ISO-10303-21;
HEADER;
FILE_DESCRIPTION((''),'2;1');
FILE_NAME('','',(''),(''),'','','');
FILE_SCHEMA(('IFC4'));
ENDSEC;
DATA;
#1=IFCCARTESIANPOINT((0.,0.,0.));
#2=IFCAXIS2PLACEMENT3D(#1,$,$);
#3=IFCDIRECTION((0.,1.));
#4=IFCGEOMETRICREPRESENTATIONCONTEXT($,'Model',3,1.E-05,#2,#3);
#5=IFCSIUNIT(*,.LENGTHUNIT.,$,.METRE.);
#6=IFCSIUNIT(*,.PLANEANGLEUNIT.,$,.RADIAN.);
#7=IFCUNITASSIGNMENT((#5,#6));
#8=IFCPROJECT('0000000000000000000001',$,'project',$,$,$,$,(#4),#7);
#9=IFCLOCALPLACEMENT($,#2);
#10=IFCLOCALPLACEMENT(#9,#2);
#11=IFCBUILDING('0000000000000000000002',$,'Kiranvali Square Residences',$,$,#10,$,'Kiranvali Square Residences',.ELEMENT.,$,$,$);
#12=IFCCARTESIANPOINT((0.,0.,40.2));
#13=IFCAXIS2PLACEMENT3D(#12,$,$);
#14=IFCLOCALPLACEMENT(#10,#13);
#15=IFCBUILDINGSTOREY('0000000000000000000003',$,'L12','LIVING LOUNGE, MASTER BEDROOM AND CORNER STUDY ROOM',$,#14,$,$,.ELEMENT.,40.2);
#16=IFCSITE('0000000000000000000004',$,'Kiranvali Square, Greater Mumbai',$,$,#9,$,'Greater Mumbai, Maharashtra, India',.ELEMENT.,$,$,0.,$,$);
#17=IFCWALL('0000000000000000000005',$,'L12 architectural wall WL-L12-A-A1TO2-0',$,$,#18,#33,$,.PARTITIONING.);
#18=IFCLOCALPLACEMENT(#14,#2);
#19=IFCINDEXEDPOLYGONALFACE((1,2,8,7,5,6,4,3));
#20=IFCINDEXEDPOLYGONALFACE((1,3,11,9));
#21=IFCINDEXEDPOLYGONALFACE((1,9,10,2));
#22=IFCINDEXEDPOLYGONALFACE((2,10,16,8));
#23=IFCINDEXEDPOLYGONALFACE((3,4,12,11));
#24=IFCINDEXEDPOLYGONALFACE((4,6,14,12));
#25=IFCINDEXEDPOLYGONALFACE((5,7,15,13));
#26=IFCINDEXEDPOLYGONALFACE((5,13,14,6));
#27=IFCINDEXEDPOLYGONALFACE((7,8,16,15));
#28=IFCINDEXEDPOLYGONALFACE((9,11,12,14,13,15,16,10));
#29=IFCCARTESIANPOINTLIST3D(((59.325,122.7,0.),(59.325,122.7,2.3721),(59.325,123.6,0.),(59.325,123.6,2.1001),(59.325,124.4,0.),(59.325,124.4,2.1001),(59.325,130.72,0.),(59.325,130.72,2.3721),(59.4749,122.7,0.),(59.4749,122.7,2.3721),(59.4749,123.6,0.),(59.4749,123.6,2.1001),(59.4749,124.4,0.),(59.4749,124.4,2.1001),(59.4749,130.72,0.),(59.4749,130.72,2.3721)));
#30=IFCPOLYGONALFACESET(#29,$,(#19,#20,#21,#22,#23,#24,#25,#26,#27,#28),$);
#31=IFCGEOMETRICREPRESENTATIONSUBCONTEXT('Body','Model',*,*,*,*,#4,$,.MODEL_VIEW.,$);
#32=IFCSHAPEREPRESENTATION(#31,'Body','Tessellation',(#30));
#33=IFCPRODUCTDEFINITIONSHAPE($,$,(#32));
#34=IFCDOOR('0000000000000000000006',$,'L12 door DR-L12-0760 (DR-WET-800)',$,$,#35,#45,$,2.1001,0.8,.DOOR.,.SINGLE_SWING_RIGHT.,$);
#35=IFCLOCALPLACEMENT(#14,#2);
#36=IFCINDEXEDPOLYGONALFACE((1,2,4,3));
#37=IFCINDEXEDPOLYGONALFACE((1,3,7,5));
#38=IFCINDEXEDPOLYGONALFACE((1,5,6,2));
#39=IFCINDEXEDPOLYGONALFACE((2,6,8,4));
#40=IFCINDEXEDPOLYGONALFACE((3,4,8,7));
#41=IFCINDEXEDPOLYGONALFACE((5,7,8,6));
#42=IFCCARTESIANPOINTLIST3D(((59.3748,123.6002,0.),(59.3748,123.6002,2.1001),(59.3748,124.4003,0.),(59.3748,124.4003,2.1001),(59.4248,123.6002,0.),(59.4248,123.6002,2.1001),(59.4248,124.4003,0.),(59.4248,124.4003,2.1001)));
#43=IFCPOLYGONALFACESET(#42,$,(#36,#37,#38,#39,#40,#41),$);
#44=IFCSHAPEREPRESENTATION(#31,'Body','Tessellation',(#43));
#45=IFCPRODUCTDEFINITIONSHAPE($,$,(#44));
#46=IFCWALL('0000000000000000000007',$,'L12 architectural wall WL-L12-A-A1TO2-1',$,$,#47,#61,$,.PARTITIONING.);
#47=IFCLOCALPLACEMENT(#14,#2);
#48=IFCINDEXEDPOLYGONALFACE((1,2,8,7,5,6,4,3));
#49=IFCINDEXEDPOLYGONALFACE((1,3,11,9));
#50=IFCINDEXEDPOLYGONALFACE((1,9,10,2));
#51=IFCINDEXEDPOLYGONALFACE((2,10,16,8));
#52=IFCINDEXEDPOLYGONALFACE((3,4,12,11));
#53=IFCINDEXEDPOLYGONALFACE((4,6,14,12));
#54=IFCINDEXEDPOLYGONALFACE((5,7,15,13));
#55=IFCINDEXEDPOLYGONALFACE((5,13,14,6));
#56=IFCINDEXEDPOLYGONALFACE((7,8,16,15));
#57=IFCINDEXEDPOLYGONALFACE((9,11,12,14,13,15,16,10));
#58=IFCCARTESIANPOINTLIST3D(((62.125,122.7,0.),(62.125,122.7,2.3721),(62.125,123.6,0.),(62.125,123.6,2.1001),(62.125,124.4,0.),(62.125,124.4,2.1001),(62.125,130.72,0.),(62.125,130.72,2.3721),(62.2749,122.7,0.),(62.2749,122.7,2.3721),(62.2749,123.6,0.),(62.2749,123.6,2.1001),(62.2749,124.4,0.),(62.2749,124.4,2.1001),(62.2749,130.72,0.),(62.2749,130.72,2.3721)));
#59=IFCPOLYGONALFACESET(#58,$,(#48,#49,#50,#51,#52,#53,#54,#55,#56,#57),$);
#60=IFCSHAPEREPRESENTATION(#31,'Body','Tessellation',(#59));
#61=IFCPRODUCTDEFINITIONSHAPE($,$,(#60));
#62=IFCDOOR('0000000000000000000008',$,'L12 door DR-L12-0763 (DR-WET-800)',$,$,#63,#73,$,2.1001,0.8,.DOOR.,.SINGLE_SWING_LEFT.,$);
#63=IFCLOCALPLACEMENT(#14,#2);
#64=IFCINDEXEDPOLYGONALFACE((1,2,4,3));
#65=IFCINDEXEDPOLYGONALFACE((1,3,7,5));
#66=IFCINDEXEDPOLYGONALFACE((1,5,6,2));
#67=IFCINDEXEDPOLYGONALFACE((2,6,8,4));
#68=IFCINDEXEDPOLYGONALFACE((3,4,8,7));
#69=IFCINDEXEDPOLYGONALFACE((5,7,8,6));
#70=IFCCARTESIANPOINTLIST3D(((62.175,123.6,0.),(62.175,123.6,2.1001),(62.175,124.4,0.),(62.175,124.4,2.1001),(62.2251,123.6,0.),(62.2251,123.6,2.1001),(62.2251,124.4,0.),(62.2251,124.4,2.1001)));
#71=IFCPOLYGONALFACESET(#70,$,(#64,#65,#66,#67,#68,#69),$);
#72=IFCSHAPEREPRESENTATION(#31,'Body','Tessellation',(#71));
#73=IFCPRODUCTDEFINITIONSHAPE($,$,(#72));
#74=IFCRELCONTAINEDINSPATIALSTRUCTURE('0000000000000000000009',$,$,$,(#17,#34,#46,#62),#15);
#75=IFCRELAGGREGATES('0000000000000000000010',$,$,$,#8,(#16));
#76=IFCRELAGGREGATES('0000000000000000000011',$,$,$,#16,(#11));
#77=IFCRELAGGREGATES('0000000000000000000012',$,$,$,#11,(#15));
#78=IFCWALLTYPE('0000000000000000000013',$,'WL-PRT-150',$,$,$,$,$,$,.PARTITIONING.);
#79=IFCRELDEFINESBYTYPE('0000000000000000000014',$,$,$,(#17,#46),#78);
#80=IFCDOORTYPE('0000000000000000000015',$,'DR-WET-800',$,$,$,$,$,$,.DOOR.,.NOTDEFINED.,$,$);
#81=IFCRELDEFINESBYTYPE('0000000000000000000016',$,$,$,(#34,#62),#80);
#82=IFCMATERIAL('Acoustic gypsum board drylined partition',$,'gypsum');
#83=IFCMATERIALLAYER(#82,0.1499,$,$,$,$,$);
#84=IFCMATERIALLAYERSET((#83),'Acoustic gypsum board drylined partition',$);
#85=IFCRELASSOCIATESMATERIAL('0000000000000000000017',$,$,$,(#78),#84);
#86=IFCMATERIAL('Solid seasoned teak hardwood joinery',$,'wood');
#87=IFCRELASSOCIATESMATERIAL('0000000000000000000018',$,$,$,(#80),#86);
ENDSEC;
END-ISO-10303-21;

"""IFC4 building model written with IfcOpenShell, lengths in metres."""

from ifc_helpers import new_model, si_unit, direction, frame, frame_2d, origin, place, context, subcontext, project, spatial, rectangle, extrude, material, layer, layer_set, type_object, element, fill, save


model = new_model("IFC4")

# Units and contexts
model_context = context("Model", 3, precision=1e-05, world=origin(), true_north=direction((0.0, 1.0)))
body_context = subcontext(model_context, "Body", "Model", "MODEL_VIEW")
ifc_project = project(units=[si_unit("LENGTHUNIT", "METRE"), si_unit("PLANEANGLEUNIT", "RADIAN")], contexts=[model_context])

# Site, building, storey
site_placement = place(None, origin())
site = spatial("IfcSite", under=ifc_project, at=site_placement, Name="Kiranvali Square, Greater Mumbai", LongName="Greater Mumbai, Maharashtra, India", CompositionType="ELEMENT", RefElevation=0.0)
building_placement = place(site_placement, origin())
building = spatial("IfcBuilding", under=site, at=building_placement, Name="Kiranvali Square Residences", LongName="Kiranvali Square Residences", CompositionType="ELEMENT")
storey_placement = place(building_placement, frame((0.0, 0.0, 40.2)))
storey = spatial("IfcBuildingStorey", under=building, at=storey_placement, Name="L12", Description="LIVING LOUNGE, MASTER BEDROOM AND CORNER STUDY ROOM", CompositionType="ELEMENT", Elevation=40.2)

# Walls, openings, doors
ifc_material_1 = material(Name="Acoustic gypsum board drylined partition", Category="gypsum")
ifc_layer_1 = layer(ifc_material_1, 0.1499)
ifc_layer_set_1 = layer_set([ifc_layer_1], Name="Acoustic gypsum board drylined partition")
wall_type_1 = type_object("IfcWallType", Name="WL-PRT-150", PredefinedType="PARTITIONING", material=ifc_layer_set_1)
wall_1_placement = place(storey_placement, frame((59.3999, 122.7, 0.0), z_axis=(0.0, 0.0, 1.0), x_axis=(0.0, 1.0, 0.0)))
wall_1 = element("IfcWall", 1, at=wall_1_placement, inside=storey, type_object=wall_type_1, Name="L12 architectural wall WL-L12-A-A1TO2-0", PredefinedType="PARTITIONING", context=body_context, shape_type="SweptSolid", body=[
    extrude(rectangle(XDim=8.02, YDim=0.1499, at=frame_2d((4.01, 0.0))), origin(), (0.0, 0.0, 1.0), 2.3721),
])
opening_1_placement = place(wall_1_placement, frame((0.9001, 0.0, 0.0)))
opening_1 = element("IfcOpeningElement", 2, at=opening_1_placement, cuts=wall_1, PredefinedType="OPENING", context=body_context, shape_type="SweptSolid", body=[
    extrude(rectangle(XDim=0.8, YDim=2.1001, at=frame_2d((0.3999, 1.05))), frame((0.0, 0.085, 0.0), z_axis=(0.0, -1.0, 0.0), x_axis=(1.0, 0.0, 0.0)), (0.0, 0.0, 1.0), 0.1699),
])
ifc_material_2 = material(Name="Solid seasoned teak hardwood joinery", Category="wood")
door_type = type_object("IfcDoorType", Name="DR-WET-800", OperationType="NOTDEFINED", PredefinedType="DOOR", material=ifc_material_2)
door_1_placement = place(opening_1_placement, frame((0.8, 0.0, 0.0), z_axis=(0.0, 0.0, 1.0), x_axis=(-1.0, 0.0, 0.0)))
door_1 = element("IfcDoor", 3, at=door_1_placement, inside=storey, type_object=door_type, Name="L12 door DR-L12-0760 (DR-WET-800)", OperationType="SINGLE_SWING_RIGHT", OverallHeight=2.1001, OverallWidth=0.8, PredefinedType="DOOR", context=body_context, shape_type="SweptSolid", body=[
    extrude(rectangle(XDim=0.8, YDim=2.1001, at=frame_2d((0.3999, 1.05))), frame((0.0, 0.0249, 0.0), z_axis=(0.0, -1.0, 0.0), x_axis=(1.0, 0.0, 0.0)), (0.0, 0.0, 1.0), 0.05),
])
fill(opening_1, door_1)
wall_2_placement = place(storey_placement, frame((62.2, 122.7, 0.0), z_axis=(0.0, 0.0, 1.0), x_axis=(0.0, 1.0, 0.0)))
wall_2 = element("IfcWall", 4, at=wall_2_placement, inside=storey, type_object=wall_type_1, Name="L12 architectural wall WL-L12-A-A1TO2-1", PredefinedType="PARTITIONING", context=body_context, shape_type="SweptSolid", body=[
    extrude(rectangle(XDim=8.02, YDim=0.1499, at=frame_2d((4.01, 0.0))), origin(), (0.0, 0.0, 1.0), 2.3721),
])
opening_2_placement = place(wall_2_placement, frame((0.9001, 0.0, 0.0)))
opening_2 = element("IfcOpeningElement", 5, at=opening_2_placement, cuts=wall_2, PredefinedType="OPENING", context=body_context, shape_type="SweptSolid", body=[
    extrude(rectangle(XDim=0.8, YDim=2.1001, at=frame_2d((0.3999, 1.05))), frame((0.0, 0.085, 0.0), z_axis=(0.0, -1.0, 0.0), x_axis=(1.0, 0.0, 0.0)), (0.0, 0.0, 1.0), 0.1699),
])
door_2_placement = place(opening_2_placement, origin())
door_2 = element("IfcDoor", 6, at=door_2_placement, inside=storey, type_object=door_type, Name="L12 door DR-L12-0763 (DR-WET-800)", OperationType="SINGLE_SWING_LEFT", OverallHeight=2.1001, OverallWidth=0.8, PredefinedType="DOOR", context=body_context, shape_type="SweptSolid", body=[
    extrude(rectangle(XDim=0.8, YDim=2.1001, at=frame_2d((0.3999, 1.05))), frame((0.0, 0.0249, 0.0), z_axis=(0.0, -1.0, 0.0), x_axis=(1.0, 0.0, 0.0)), (0.0, 0.0, 1.0), 0.05),
])
fill(opening_2, door_2)

save(model, "model.ifc")
